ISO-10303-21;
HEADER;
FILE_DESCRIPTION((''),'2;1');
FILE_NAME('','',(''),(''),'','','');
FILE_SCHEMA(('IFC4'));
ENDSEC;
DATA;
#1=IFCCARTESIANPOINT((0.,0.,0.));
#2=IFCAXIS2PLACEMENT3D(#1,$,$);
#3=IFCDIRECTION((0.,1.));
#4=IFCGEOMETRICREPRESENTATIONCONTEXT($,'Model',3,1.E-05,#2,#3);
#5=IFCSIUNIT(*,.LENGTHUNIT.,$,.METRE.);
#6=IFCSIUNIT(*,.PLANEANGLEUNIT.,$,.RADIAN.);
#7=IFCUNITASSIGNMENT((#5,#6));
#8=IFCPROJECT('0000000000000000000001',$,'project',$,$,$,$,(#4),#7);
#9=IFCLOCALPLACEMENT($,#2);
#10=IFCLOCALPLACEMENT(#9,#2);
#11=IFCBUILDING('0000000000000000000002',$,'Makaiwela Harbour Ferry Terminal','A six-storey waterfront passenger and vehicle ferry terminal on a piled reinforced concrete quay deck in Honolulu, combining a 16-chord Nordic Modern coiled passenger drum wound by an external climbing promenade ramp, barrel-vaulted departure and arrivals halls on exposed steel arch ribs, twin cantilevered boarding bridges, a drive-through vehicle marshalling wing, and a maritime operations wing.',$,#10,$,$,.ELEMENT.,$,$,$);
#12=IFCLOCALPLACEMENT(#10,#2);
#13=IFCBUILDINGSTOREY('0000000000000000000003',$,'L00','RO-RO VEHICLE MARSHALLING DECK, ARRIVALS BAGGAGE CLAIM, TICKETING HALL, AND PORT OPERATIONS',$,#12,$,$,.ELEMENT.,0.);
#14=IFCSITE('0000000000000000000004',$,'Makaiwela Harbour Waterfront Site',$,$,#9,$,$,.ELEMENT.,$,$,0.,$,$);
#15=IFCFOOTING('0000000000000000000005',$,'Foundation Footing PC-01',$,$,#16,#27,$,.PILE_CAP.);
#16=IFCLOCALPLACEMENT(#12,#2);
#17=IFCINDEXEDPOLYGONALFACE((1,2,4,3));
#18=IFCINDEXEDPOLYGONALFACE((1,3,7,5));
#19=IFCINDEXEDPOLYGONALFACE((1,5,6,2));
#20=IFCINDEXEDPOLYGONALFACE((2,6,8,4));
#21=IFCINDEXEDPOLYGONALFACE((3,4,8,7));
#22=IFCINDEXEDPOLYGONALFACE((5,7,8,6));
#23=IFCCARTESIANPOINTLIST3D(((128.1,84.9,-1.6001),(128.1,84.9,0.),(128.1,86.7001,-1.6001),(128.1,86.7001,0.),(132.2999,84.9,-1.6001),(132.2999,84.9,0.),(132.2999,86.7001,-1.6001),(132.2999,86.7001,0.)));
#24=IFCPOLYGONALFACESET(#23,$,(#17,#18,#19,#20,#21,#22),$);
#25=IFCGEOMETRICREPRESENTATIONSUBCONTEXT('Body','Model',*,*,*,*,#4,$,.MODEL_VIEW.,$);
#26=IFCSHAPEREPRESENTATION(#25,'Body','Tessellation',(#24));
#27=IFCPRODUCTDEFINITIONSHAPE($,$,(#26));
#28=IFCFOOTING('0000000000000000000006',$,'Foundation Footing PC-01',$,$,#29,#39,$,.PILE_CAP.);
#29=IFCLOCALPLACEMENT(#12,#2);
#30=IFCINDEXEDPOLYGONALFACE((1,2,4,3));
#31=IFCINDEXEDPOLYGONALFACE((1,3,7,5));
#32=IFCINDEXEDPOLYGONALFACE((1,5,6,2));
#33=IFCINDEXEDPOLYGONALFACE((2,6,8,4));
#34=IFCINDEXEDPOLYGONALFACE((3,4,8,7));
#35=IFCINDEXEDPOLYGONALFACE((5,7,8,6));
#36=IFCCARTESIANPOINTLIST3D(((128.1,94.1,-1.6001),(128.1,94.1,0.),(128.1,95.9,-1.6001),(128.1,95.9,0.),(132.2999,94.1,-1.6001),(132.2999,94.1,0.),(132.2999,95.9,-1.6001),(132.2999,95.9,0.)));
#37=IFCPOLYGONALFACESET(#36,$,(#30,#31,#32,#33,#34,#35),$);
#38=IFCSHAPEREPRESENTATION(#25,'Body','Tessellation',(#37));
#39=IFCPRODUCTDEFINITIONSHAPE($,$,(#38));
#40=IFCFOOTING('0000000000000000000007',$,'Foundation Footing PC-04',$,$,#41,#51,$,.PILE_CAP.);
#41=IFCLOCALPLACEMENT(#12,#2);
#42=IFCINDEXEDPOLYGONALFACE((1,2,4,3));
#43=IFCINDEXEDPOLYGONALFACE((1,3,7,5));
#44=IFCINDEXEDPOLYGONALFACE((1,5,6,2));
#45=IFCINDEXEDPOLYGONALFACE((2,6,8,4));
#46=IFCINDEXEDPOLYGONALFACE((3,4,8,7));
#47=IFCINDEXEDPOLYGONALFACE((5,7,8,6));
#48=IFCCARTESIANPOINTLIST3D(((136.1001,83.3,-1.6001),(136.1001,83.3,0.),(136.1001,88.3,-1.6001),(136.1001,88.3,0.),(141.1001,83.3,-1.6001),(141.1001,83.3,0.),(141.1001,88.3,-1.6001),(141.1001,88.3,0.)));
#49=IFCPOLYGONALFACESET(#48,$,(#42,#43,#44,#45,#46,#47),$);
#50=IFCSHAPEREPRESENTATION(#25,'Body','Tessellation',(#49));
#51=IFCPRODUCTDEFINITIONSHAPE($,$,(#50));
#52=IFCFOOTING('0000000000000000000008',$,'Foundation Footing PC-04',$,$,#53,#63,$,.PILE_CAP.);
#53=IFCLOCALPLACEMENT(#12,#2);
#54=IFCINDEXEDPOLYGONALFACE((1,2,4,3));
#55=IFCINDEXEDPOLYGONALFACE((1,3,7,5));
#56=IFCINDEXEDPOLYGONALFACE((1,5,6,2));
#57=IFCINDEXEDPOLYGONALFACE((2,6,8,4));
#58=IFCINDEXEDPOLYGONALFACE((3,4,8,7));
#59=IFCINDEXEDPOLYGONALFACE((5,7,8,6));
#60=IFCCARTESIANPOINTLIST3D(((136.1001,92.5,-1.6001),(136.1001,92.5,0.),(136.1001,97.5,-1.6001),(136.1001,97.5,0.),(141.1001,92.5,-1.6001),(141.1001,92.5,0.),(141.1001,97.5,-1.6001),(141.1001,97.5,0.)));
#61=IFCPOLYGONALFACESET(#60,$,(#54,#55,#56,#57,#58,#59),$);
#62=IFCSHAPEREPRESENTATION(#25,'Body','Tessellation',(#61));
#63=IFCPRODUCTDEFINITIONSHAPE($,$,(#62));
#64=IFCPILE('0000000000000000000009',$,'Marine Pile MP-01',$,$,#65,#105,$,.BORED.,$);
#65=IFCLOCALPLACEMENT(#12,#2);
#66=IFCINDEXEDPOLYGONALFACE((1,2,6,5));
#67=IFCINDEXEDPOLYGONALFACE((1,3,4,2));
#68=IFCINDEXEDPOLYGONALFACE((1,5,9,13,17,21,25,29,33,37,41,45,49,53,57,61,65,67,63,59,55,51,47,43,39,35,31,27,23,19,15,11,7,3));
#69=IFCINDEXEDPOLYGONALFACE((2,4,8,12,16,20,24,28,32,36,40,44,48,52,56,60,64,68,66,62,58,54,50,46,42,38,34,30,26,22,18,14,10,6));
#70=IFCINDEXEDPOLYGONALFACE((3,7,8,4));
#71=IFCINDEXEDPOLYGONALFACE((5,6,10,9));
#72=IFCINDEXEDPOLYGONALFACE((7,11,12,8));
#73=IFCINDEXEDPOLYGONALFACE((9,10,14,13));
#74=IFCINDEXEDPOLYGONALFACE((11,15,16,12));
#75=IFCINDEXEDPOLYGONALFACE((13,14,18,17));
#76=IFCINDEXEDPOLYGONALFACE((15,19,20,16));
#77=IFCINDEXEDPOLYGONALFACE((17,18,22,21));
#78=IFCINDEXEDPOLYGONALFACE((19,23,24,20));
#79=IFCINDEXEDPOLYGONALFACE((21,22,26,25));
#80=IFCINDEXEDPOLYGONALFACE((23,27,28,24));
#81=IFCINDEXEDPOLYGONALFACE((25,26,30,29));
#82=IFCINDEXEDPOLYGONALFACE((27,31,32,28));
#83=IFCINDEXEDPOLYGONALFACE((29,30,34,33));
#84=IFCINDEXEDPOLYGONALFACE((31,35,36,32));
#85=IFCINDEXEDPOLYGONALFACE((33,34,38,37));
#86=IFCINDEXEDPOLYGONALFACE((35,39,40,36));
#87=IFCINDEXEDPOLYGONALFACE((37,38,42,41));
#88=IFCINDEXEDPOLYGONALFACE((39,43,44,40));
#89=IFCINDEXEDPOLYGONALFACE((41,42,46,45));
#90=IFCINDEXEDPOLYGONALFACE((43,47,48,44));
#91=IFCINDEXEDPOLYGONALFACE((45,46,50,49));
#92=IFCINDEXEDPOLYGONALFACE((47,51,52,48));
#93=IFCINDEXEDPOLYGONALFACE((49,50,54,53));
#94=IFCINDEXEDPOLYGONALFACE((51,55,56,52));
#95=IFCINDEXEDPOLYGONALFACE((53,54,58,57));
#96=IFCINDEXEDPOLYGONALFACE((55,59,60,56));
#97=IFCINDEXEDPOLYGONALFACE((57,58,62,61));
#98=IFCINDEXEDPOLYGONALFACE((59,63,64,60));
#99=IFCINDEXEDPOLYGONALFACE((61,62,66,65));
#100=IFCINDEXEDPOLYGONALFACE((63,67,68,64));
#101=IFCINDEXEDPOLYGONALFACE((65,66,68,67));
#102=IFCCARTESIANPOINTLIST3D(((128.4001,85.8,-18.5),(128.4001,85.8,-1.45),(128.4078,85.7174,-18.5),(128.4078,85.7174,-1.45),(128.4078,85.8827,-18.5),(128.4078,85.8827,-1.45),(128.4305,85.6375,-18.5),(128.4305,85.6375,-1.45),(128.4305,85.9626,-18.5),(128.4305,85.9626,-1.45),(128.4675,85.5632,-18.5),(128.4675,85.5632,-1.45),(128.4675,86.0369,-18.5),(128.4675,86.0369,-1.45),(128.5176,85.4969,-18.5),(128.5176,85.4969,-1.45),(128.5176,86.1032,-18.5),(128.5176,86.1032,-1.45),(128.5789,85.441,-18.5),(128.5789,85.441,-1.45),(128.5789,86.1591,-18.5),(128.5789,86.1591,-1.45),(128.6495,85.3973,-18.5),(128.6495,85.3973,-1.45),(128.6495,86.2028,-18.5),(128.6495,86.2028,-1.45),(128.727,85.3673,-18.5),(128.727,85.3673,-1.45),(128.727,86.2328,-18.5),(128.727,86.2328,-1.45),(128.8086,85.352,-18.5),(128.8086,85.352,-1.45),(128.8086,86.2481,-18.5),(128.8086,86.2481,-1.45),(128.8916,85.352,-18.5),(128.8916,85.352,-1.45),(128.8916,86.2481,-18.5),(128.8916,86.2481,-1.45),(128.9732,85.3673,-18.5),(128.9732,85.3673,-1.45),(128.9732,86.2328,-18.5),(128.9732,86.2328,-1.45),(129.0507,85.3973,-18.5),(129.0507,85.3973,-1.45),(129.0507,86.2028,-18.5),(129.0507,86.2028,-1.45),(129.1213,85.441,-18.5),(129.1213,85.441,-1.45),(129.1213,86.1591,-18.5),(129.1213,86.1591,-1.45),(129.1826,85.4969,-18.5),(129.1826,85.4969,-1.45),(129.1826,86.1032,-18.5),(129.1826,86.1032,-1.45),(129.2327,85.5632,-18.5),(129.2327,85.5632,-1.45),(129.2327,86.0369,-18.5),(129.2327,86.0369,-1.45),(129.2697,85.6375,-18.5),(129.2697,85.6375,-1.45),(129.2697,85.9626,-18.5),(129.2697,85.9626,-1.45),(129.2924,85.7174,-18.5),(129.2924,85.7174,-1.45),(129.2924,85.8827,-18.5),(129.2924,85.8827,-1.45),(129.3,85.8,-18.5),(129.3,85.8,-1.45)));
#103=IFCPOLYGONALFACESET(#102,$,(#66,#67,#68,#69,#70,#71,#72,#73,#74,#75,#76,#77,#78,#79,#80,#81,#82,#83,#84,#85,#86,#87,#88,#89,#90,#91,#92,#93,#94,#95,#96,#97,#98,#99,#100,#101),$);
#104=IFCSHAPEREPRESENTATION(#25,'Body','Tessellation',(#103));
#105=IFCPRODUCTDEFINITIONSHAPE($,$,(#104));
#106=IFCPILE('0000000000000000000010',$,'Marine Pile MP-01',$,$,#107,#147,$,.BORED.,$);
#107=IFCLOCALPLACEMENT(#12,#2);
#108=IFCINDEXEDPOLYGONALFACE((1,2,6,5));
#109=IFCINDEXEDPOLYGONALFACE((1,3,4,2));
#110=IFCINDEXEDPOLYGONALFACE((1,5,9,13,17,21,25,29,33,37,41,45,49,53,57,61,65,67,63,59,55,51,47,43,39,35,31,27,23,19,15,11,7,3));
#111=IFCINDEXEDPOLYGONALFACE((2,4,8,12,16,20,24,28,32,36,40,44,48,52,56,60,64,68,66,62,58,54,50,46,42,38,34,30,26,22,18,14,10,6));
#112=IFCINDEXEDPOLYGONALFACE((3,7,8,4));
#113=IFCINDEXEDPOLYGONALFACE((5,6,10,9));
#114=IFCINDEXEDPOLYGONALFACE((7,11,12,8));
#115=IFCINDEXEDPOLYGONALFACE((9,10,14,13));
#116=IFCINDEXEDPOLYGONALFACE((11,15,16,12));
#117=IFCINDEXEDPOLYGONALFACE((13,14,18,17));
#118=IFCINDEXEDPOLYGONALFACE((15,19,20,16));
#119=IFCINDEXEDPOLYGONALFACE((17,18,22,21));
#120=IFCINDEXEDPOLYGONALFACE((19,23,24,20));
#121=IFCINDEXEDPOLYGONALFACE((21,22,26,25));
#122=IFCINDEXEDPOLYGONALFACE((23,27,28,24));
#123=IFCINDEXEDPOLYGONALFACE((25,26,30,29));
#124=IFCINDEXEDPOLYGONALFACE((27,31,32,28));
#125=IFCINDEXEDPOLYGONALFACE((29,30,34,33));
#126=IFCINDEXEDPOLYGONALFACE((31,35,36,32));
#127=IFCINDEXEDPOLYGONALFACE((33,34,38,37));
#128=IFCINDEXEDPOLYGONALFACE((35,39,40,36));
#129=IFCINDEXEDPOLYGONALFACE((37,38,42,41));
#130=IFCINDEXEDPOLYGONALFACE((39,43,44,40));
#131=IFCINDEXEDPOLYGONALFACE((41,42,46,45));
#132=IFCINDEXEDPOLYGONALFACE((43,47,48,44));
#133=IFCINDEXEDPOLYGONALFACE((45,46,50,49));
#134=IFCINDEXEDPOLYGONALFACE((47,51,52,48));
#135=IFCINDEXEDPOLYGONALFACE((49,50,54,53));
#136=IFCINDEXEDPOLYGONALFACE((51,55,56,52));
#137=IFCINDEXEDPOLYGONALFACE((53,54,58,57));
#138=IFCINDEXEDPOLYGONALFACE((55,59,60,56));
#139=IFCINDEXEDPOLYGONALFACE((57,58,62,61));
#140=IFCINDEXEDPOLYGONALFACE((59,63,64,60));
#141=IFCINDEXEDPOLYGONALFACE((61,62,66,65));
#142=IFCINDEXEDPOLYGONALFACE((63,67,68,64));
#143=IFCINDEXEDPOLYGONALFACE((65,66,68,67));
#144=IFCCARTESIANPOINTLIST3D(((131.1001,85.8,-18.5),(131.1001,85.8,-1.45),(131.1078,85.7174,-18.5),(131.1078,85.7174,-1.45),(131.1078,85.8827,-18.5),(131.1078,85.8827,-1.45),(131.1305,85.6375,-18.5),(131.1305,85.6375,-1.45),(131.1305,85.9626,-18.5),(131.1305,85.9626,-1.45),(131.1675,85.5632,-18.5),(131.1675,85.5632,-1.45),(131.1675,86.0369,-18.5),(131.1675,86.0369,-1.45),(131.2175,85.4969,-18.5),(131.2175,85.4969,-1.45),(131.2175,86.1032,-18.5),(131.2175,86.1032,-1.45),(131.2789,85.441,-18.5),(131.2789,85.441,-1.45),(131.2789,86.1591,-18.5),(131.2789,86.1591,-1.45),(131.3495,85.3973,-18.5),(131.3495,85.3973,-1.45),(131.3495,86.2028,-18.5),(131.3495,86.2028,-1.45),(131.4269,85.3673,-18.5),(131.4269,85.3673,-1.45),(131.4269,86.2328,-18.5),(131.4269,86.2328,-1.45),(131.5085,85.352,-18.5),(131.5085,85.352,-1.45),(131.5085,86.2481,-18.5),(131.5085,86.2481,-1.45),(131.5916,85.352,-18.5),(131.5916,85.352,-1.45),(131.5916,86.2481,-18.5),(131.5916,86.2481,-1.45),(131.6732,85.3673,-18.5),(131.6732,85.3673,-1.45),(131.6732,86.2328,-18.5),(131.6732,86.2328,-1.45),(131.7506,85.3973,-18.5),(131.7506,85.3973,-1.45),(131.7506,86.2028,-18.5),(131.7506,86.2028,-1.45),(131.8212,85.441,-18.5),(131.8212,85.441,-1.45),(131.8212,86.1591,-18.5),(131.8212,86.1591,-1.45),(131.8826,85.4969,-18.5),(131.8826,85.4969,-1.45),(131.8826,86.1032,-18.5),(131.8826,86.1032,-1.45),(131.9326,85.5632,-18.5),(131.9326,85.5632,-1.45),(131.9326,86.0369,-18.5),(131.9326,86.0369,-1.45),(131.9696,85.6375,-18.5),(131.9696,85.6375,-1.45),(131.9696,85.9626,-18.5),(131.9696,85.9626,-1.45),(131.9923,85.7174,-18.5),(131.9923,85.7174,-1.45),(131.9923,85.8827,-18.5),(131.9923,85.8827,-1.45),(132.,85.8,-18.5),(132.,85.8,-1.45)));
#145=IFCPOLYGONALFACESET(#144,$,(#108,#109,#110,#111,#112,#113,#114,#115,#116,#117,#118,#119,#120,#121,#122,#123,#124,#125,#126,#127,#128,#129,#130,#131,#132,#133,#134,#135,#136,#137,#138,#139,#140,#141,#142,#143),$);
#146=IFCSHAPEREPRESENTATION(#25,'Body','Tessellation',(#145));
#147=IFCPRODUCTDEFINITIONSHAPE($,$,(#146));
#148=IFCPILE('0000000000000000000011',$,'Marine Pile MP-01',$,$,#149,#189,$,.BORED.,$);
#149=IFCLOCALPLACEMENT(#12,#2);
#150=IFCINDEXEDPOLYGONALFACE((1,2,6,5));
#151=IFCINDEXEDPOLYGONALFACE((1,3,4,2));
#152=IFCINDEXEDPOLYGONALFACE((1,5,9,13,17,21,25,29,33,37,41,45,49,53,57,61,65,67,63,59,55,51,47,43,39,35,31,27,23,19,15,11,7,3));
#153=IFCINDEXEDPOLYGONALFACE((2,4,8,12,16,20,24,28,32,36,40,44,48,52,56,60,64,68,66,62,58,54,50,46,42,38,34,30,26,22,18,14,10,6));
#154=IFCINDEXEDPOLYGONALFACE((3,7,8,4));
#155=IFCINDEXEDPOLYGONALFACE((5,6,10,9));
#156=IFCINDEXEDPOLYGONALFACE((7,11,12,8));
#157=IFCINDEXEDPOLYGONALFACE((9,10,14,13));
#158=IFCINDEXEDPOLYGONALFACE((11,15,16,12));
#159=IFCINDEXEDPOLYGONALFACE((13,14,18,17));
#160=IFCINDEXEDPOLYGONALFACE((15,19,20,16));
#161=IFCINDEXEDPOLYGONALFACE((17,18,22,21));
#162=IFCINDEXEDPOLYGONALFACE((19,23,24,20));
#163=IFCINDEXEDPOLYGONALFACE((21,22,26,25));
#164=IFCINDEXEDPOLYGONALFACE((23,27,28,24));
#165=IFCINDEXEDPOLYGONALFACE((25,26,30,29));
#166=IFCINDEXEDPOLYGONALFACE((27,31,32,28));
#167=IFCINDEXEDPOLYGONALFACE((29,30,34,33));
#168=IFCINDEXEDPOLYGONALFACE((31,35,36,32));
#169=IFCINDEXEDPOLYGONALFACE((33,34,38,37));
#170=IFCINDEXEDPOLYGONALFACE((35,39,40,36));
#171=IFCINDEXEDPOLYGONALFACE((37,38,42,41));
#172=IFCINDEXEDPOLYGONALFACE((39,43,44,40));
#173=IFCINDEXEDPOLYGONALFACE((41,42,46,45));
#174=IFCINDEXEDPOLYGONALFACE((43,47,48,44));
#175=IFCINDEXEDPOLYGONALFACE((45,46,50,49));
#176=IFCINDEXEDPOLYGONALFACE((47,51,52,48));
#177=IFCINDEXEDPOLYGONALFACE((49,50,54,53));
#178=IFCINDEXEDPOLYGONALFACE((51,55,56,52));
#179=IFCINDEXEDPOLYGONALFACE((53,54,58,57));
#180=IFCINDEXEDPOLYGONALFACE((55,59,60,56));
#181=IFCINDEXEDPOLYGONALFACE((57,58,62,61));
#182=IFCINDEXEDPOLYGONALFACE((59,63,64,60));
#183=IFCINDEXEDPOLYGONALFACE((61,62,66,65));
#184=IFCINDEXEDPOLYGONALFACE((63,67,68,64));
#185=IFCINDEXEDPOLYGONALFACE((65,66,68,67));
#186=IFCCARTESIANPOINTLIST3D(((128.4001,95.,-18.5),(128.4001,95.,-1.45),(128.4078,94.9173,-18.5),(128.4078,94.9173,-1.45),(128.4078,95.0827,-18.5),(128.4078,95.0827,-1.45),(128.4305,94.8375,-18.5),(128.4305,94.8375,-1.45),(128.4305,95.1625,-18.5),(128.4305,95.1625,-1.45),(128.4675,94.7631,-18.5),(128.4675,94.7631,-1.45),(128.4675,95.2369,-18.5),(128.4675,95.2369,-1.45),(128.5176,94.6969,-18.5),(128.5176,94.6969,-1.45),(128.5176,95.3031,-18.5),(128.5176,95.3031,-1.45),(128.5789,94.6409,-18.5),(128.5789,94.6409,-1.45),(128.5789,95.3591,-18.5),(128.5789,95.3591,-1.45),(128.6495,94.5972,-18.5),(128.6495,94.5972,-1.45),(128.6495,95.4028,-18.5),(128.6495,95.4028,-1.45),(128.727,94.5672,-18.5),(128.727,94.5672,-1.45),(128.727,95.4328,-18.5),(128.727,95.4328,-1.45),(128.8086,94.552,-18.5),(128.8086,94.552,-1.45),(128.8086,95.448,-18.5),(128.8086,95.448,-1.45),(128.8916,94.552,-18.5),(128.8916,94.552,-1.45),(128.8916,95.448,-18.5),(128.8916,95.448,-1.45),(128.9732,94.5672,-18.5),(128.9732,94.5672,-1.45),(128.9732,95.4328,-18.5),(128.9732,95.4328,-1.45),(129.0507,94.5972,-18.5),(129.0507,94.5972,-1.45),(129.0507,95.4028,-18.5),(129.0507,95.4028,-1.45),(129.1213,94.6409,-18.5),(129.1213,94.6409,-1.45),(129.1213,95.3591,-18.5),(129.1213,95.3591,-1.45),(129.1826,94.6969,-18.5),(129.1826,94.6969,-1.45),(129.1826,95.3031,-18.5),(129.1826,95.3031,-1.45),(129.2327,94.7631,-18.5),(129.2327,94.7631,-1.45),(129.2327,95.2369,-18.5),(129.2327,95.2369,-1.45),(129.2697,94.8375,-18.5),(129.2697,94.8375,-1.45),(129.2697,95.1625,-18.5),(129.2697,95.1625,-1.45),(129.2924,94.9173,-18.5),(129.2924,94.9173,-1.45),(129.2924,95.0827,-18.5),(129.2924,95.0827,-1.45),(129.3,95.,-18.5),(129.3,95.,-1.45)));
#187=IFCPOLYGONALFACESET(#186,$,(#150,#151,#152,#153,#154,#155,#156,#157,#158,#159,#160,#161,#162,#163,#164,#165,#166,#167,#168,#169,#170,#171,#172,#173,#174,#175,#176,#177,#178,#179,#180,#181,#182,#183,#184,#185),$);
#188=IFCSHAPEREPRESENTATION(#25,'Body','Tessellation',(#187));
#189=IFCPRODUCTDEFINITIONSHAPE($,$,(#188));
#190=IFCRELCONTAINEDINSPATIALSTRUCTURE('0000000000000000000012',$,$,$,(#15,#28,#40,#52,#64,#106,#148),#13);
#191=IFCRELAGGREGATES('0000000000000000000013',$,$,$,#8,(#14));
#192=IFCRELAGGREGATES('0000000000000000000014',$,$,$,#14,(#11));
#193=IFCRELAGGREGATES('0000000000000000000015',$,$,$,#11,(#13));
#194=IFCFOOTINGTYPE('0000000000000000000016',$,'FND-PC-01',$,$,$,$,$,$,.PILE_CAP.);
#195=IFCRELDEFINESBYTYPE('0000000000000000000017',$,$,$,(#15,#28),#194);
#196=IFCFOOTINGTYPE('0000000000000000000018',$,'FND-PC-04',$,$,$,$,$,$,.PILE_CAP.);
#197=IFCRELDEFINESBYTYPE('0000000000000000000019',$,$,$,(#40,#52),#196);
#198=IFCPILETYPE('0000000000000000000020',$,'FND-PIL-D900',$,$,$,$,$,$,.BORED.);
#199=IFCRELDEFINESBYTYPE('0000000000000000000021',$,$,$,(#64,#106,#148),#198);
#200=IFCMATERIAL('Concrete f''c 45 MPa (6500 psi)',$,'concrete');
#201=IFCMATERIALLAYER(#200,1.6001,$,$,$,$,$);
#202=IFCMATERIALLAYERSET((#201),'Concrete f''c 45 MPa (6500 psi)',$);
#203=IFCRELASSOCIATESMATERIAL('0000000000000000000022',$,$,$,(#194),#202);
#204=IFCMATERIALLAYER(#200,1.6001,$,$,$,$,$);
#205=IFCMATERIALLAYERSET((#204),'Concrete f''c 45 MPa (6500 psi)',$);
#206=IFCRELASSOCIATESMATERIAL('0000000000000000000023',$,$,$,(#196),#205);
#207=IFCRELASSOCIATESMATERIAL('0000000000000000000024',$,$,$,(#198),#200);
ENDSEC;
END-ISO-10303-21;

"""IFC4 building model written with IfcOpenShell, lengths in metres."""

from ifc_helpers import new_model, si_unit, direction, frame, origin, origin_2d, place, context, subcontext, project, spatial, rectangle, circle, extrude, material, layer, layer_set, material_profile, profile_set, type_object, element, save


model = new_model("IFC4")

# Units and contexts
model_context = context("Model", 3, precision=1e-05, world=origin(), true_north=direction((0.0, 1.0)))
body_context = subcontext(model_context, "Body", "Model", "MODEL_VIEW")
ifc_project = project(units=[si_unit("LENGTHUNIT", "METRE"), si_unit("PLANEANGLEUNIT", "RADIAN")], contexts=[model_context])

# Site, building, storey
site_placement = place(None, origin())
site = spatial("IfcSite", under=ifc_project, at=site_placement, Name="Makaiwela Harbour Waterfront Site", CompositionType="ELEMENT", RefElevation=0.0)
building_placement = place(site_placement, origin())
building = spatial("IfcBuilding", under=site, at=building_placement, Name="Makaiwela Harbour Ferry Terminal", Description="A six-storey waterfront passenger and vehicle ferry terminal on a piled reinforced concrete quay deck in Honolulu, combining a 16-chord Nordic Modern coiled passenger drum wound by an external climbing promenade ramp, barrel-vaulted departure and arrivals halls on exposed steel arch ribs, twin cantilevered boarding bridges, a drive-through vehicle marshalling wing, and a maritime operations wing.", CompositionType="ELEMENT")
storey_placement = place(building_placement, origin())
storey = spatial("IfcBuildingStorey", under=building, at=storey_placement, Name="L00", Description="RO-RO VEHICLE MARSHALLING DECK, ARRIVALS BAGGAGE CLAIM, TICKETING HALL, AND PORT OPERATIONS", CompositionType="ELEMENT", Elevation=0.0)

# Footings
ifc_material_1 = material(Name="Concrete f'c 45 MPa (6500 psi)", Category="concrete")
ifc_layer_1 = layer(ifc_material_1, 1.6001)
ifc_layer_set_1 = layer_set([ifc_layer_1], Name="Concrete f'c 45 MPa (6500 psi)")
footing_type_1 = type_object("IfcFootingType", Name="FND-PC-01", PredefinedType="PILE_CAP", material=ifc_layer_set_1)
for number, where, z_axis, x_axis, name in (
    (1, (130.2, 85.8, -1.6001), (0.0, 0.0, 1.0), (1.0, 0.0, 0.0), "Foundation Footing PC-01"),
    (2, (130.2, 95.0, -1.6001), (0.0, 0.0, 1.0), (1.0, 0.0, 0.0), "Foundation Footing PC-01"),
):
    element("IfcFooting", number, at=place(storey_placement, frame(where, z_axis=z_axis, x_axis=x_axis)), inside=storey, type_object=footing_type_1, Name=name, PredefinedType="PILE_CAP", context=body_context, shape_type="SweptSolid", body=[
        extrude(rectangle(XDim=4.2, YDim=1.8, at=origin_2d()), origin(), (0.0, 0.0, 1.0), 1.6001),
    ])
ifc_layer_2 = layer(ifc_material_1, 1.6001)
ifc_layer_set_2 = layer_set([ifc_layer_2], Name="Concrete f'c 45 MPa (6500 psi)")
footing_type_2 = type_object("IfcFootingType", Name="FND-PC-04", PredefinedType="PILE_CAP", material=ifc_layer_set_2)
for number, where, z_axis, x_axis, name in (
    (3, (138.6001, 85.8, -1.6001), (0.0, 0.0, 1.0), (1.0, 0.0, 0.0), "Foundation Footing PC-04"),
    (4, (138.6001, 95.0, -1.6001), (0.0, 0.0, 1.0), (1.0, 0.0, 0.0), "Foundation Footing PC-04"),
):
    element("IfcFooting", number, at=place(storey_placement, frame(where, z_axis=z_axis, x_axis=x_axis)), inside=storey, type_object=footing_type_2, Name=name, PredefinedType="PILE_CAP", context=body_context, shape_type="SweptSolid", body=[
        extrude(rectangle(XDim=5.0, YDim=5.0, at=origin_2d()), origin(), (0.0, 0.0, 1.0), 1.6001),
    ])

# Piles
ifc_material_profile_1 = material_profile(ifc_material_1, circle(Radius=0.45, at=origin_2d()), Name="PILE-D900")
ifc_profile_set_1 = profile_set([ifc_material_profile_1], Name="Concrete f'c 45 MPa (6500 psi)")
pile_type = type_object("IfcPileType", Name="FND-PIL-D900", PredefinedType="BORED", material=ifc_profile_set_1)
for number, where, z_axis, x_axis, name in (
    (5, (128.8501, 85.8, -1.45), (0.0, 0.0, -1.0), (1.0, 0.0, 0.0), "Marine Pile MP-01"),
    (6, (131.55, 85.8, -1.45), (0.0, 0.0, -1.0), (1.0, 0.0, 0.0), "Marine Pile MP-01"),
    (7, (128.8501, 95.0, -1.45), (0.0, 0.0, -1.0), (1.0, 0.0, 0.0), "Marine Pile MP-01"),
):
    element("IfcPile", number, at=place(storey_placement, frame(where, z_axis=z_axis, x_axis=x_axis)), inside=storey, type_object=pile_type, Name=name, PredefinedType="BORED", context=body_context, shape_type="SweptSolid", body=[
        extrude(circle(Radius=0.45, at=origin_2d()), origin(), (0.0, 0.0, 1.0), 17.05),
    ])

save(model, "model.ifc")
